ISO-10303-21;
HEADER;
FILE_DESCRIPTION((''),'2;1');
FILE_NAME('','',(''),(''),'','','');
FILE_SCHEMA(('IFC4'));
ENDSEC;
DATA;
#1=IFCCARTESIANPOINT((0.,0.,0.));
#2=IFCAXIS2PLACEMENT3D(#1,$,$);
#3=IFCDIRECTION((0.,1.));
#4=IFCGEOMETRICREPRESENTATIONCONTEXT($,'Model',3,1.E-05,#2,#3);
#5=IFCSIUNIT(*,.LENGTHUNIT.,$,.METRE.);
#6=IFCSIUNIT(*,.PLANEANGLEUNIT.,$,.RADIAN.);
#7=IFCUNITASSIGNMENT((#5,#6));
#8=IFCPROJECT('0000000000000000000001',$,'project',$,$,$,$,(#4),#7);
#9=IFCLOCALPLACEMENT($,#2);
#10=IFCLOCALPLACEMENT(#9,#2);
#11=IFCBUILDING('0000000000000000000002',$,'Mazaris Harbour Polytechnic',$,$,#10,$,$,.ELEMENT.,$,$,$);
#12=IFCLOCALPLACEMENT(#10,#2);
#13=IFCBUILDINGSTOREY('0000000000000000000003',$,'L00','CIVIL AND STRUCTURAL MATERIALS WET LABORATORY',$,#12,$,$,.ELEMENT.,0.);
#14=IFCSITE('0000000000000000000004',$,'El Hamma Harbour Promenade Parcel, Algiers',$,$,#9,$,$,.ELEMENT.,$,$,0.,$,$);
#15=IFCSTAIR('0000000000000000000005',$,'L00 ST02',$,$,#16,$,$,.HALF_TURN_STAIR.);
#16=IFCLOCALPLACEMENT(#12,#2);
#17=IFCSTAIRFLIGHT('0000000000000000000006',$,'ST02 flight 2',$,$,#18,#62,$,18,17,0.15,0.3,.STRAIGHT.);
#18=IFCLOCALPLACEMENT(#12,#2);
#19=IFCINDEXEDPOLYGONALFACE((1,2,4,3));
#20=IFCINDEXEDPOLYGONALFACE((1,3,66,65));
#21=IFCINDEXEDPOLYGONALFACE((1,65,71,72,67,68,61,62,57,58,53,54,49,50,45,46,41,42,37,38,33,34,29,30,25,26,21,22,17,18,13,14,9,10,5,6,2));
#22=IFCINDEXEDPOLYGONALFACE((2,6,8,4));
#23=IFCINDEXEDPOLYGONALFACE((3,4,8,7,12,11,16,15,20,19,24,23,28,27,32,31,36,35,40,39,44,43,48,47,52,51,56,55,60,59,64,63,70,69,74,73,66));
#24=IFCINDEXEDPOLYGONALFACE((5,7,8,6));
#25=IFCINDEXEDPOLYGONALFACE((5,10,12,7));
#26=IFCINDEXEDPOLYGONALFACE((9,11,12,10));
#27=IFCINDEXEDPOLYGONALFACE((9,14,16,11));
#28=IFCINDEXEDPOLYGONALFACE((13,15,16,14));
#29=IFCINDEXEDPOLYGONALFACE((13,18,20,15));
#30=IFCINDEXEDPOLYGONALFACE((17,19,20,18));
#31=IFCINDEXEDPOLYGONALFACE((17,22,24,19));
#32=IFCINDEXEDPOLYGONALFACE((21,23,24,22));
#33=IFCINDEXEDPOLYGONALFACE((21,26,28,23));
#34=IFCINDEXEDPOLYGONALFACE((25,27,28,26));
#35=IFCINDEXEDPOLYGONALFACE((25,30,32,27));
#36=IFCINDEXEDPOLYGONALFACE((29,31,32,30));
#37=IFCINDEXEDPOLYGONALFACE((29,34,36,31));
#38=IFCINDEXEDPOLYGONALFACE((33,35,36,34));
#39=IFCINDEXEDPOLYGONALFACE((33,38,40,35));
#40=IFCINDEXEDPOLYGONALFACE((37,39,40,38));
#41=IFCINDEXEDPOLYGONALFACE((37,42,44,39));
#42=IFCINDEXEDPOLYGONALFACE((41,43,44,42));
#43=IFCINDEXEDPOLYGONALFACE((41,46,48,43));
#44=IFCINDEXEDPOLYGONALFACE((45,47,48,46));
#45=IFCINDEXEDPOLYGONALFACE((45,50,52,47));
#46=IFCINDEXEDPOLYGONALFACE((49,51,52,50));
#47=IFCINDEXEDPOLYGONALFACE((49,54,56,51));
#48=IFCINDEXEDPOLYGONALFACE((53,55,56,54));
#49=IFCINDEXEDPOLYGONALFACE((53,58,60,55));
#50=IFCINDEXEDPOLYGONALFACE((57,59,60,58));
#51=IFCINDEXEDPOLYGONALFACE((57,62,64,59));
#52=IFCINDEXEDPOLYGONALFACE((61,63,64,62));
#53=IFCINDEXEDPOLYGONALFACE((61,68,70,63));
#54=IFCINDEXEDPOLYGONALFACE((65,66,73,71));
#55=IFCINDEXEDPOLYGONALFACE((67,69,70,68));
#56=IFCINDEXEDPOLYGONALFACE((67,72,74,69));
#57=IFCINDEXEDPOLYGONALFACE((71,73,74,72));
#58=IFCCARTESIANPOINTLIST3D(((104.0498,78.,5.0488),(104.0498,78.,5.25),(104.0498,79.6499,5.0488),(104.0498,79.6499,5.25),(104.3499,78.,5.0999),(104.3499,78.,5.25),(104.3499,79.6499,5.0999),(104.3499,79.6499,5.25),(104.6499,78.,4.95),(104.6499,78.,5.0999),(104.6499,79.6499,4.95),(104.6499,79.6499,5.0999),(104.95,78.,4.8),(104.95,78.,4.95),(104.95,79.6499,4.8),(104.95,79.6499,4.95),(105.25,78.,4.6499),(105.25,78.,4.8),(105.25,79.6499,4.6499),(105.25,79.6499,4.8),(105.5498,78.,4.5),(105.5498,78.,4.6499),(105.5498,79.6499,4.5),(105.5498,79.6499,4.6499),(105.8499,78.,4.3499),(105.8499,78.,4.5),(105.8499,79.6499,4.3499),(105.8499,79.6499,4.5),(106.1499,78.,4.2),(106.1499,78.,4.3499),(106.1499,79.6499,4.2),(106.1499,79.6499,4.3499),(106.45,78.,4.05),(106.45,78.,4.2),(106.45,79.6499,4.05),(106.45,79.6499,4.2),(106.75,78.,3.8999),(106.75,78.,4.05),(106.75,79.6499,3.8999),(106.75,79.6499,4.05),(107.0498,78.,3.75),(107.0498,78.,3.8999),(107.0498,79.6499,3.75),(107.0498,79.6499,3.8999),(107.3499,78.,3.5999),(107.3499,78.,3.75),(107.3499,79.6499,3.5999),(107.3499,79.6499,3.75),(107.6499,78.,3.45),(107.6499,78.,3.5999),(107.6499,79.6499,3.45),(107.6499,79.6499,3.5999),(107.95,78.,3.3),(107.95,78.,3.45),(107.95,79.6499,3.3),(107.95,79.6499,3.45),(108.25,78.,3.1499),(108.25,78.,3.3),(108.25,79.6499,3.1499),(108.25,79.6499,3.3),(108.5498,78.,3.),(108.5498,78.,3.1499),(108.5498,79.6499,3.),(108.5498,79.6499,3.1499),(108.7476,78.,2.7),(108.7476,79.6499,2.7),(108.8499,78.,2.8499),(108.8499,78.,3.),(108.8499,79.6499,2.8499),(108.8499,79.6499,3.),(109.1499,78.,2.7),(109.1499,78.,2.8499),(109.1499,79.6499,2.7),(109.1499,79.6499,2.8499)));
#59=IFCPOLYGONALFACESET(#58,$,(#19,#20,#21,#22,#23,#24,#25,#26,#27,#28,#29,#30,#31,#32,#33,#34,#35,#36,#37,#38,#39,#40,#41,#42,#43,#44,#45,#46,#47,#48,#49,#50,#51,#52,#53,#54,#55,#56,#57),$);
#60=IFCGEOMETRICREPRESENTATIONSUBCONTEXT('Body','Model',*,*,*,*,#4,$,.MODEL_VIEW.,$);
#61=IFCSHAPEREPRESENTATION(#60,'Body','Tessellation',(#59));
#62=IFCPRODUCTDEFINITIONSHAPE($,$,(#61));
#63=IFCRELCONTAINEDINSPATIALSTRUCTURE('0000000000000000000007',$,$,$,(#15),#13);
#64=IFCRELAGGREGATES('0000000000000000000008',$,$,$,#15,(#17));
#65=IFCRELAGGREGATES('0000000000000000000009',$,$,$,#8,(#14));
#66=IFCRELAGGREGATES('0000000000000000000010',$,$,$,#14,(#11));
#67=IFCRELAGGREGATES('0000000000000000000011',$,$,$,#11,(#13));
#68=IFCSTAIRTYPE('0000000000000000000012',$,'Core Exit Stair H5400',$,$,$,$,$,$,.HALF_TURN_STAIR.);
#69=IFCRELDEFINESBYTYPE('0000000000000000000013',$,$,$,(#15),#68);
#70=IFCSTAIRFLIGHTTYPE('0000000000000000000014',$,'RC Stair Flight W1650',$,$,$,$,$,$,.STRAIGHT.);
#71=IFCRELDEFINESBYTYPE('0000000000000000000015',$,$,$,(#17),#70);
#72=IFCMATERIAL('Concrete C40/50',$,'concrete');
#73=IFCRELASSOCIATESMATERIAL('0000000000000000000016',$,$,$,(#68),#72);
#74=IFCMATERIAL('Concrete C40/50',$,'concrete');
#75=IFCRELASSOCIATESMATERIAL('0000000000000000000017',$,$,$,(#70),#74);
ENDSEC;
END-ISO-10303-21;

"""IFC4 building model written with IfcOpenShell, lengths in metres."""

from ifc_helpers import new_model, si_unit, direction, frame, origin, place, context, subcontext, project, spatial, polyline, outline, extrude, material, type_object, element, aggregate, save


model = new_model("IFC4")

# Units and contexts
model_context = context("Model", 3, precision=1e-05, world=origin(), true_north=direction((0.0, 1.0)))
body_context = subcontext(model_context, "Body", "Model", "MODEL_VIEW")
ifc_project = project(units=[si_unit("LENGTHUNIT", "METRE"), si_unit("PLANEANGLEUNIT", "RADIAN")], contexts=[model_context])

# Site, building, storey
site_placement = place(None, origin())
site = spatial("IfcSite", under=ifc_project, at=site_placement, Name="El Hamma Harbour Promenade Parcel, Algiers", CompositionType="ELEMENT", RefElevation=0.0)
building_placement = place(site_placement, origin())
building = spatial("IfcBuilding", under=site, at=building_placement, Name="Mazaris Harbour Polytechnic", CompositionType="ELEMENT")
storey_placement = place(building_placement, origin())
storey = spatial("IfcBuildingStorey", under=building, at=storey_placement, Name="L00", Description="CIVIL AND STRUCTURAL MATERIALS WET LABORATORY", CompositionType="ELEMENT", Elevation=0.0)

# Stair, stair flight
ifc_material_1 = material(Name="Concrete C40/50", Category="concrete")
stair_type = type_object("IfcStairType", Name="Core Exit Stair H5400", PredefinedType="HALF_TURN_STAIR", material=ifc_material_1)
stair_placement = place(storey_placement, origin())
stair = element("IfcStair", 1, at=stair_placement, inside=storey, type_object=stair_type, Name="L00 ST02", PredefinedType="HALF_TURN_STAIR")
ifc_material_2 = material(Name="Concrete C40/50", Category="concrete")
stair_flight_type = type_object("IfcStairFlightType", Name="RC Stair Flight W1650", PredefinedType="STRAIGHT", material=ifc_material_2)
stair_flight_1_placement = place(storey_placement, frame((109.1499, 78.825, 2.7), z_axis=(0.0, 0.0, 1.0), x_axis=(-1.0, 0.0, 0.0)))
stair_flight_1 = element("IfcStairFlight", 2, at=stair_flight_1_placement, type_object=stair_flight_type, Name="ST02 flight 2", NumberOfRisers=18, NumberOfTreads=17, PredefinedType="STRAIGHT", RiserHeight=0.15, TreadLength=0.3, context=body_context, shape_type="SweptSolid", body=[
    extrude(outline(polyline([(0.0, 0.0), (0.0, 0.1499), (0.3, 0.1499), (0.3, 0.3), (0.6001, 0.3), (0.6001, 0.45), (0.8999, 0.45), (0.8999, 0.6001), (1.2, 0.6001), (1.2, 0.75), (1.5, 0.75), (1.5, 0.8999), (1.8, 0.8999), (1.8, 1.05), (2.1001, 1.05), (2.1001, 1.2), (2.3999, 1.2), (2.3999, 1.3501), (2.7, 1.3501), (2.7, 1.5), (3.0, 1.5), (3.0, 1.6499), (3.3, 1.6499), (3.3, 1.8), (3.6001, 1.8), (3.6001, 1.95), (3.8999, 1.95), (3.8999, 2.1001), (4.2, 2.1001), (4.2, 2.25), (4.5, 2.25), (4.5, 2.3999), (4.8, 2.3999), (4.8, 2.55), (5.1001, 2.55), (5.1001, 2.7), (5.1001, 2.3489), (0.4023, 0.0), (0.0, 0.0)])), frame((0.0, 0.825, 0.0), z_axis=(0.0, -1.0, 0.0), x_axis=(1.0, 0.0, 0.0)), (0.0, 0.0, 1.0), 1.6499),
])
aggregate(stair, [stair_flight_1])

save(model, "model.ifc")
